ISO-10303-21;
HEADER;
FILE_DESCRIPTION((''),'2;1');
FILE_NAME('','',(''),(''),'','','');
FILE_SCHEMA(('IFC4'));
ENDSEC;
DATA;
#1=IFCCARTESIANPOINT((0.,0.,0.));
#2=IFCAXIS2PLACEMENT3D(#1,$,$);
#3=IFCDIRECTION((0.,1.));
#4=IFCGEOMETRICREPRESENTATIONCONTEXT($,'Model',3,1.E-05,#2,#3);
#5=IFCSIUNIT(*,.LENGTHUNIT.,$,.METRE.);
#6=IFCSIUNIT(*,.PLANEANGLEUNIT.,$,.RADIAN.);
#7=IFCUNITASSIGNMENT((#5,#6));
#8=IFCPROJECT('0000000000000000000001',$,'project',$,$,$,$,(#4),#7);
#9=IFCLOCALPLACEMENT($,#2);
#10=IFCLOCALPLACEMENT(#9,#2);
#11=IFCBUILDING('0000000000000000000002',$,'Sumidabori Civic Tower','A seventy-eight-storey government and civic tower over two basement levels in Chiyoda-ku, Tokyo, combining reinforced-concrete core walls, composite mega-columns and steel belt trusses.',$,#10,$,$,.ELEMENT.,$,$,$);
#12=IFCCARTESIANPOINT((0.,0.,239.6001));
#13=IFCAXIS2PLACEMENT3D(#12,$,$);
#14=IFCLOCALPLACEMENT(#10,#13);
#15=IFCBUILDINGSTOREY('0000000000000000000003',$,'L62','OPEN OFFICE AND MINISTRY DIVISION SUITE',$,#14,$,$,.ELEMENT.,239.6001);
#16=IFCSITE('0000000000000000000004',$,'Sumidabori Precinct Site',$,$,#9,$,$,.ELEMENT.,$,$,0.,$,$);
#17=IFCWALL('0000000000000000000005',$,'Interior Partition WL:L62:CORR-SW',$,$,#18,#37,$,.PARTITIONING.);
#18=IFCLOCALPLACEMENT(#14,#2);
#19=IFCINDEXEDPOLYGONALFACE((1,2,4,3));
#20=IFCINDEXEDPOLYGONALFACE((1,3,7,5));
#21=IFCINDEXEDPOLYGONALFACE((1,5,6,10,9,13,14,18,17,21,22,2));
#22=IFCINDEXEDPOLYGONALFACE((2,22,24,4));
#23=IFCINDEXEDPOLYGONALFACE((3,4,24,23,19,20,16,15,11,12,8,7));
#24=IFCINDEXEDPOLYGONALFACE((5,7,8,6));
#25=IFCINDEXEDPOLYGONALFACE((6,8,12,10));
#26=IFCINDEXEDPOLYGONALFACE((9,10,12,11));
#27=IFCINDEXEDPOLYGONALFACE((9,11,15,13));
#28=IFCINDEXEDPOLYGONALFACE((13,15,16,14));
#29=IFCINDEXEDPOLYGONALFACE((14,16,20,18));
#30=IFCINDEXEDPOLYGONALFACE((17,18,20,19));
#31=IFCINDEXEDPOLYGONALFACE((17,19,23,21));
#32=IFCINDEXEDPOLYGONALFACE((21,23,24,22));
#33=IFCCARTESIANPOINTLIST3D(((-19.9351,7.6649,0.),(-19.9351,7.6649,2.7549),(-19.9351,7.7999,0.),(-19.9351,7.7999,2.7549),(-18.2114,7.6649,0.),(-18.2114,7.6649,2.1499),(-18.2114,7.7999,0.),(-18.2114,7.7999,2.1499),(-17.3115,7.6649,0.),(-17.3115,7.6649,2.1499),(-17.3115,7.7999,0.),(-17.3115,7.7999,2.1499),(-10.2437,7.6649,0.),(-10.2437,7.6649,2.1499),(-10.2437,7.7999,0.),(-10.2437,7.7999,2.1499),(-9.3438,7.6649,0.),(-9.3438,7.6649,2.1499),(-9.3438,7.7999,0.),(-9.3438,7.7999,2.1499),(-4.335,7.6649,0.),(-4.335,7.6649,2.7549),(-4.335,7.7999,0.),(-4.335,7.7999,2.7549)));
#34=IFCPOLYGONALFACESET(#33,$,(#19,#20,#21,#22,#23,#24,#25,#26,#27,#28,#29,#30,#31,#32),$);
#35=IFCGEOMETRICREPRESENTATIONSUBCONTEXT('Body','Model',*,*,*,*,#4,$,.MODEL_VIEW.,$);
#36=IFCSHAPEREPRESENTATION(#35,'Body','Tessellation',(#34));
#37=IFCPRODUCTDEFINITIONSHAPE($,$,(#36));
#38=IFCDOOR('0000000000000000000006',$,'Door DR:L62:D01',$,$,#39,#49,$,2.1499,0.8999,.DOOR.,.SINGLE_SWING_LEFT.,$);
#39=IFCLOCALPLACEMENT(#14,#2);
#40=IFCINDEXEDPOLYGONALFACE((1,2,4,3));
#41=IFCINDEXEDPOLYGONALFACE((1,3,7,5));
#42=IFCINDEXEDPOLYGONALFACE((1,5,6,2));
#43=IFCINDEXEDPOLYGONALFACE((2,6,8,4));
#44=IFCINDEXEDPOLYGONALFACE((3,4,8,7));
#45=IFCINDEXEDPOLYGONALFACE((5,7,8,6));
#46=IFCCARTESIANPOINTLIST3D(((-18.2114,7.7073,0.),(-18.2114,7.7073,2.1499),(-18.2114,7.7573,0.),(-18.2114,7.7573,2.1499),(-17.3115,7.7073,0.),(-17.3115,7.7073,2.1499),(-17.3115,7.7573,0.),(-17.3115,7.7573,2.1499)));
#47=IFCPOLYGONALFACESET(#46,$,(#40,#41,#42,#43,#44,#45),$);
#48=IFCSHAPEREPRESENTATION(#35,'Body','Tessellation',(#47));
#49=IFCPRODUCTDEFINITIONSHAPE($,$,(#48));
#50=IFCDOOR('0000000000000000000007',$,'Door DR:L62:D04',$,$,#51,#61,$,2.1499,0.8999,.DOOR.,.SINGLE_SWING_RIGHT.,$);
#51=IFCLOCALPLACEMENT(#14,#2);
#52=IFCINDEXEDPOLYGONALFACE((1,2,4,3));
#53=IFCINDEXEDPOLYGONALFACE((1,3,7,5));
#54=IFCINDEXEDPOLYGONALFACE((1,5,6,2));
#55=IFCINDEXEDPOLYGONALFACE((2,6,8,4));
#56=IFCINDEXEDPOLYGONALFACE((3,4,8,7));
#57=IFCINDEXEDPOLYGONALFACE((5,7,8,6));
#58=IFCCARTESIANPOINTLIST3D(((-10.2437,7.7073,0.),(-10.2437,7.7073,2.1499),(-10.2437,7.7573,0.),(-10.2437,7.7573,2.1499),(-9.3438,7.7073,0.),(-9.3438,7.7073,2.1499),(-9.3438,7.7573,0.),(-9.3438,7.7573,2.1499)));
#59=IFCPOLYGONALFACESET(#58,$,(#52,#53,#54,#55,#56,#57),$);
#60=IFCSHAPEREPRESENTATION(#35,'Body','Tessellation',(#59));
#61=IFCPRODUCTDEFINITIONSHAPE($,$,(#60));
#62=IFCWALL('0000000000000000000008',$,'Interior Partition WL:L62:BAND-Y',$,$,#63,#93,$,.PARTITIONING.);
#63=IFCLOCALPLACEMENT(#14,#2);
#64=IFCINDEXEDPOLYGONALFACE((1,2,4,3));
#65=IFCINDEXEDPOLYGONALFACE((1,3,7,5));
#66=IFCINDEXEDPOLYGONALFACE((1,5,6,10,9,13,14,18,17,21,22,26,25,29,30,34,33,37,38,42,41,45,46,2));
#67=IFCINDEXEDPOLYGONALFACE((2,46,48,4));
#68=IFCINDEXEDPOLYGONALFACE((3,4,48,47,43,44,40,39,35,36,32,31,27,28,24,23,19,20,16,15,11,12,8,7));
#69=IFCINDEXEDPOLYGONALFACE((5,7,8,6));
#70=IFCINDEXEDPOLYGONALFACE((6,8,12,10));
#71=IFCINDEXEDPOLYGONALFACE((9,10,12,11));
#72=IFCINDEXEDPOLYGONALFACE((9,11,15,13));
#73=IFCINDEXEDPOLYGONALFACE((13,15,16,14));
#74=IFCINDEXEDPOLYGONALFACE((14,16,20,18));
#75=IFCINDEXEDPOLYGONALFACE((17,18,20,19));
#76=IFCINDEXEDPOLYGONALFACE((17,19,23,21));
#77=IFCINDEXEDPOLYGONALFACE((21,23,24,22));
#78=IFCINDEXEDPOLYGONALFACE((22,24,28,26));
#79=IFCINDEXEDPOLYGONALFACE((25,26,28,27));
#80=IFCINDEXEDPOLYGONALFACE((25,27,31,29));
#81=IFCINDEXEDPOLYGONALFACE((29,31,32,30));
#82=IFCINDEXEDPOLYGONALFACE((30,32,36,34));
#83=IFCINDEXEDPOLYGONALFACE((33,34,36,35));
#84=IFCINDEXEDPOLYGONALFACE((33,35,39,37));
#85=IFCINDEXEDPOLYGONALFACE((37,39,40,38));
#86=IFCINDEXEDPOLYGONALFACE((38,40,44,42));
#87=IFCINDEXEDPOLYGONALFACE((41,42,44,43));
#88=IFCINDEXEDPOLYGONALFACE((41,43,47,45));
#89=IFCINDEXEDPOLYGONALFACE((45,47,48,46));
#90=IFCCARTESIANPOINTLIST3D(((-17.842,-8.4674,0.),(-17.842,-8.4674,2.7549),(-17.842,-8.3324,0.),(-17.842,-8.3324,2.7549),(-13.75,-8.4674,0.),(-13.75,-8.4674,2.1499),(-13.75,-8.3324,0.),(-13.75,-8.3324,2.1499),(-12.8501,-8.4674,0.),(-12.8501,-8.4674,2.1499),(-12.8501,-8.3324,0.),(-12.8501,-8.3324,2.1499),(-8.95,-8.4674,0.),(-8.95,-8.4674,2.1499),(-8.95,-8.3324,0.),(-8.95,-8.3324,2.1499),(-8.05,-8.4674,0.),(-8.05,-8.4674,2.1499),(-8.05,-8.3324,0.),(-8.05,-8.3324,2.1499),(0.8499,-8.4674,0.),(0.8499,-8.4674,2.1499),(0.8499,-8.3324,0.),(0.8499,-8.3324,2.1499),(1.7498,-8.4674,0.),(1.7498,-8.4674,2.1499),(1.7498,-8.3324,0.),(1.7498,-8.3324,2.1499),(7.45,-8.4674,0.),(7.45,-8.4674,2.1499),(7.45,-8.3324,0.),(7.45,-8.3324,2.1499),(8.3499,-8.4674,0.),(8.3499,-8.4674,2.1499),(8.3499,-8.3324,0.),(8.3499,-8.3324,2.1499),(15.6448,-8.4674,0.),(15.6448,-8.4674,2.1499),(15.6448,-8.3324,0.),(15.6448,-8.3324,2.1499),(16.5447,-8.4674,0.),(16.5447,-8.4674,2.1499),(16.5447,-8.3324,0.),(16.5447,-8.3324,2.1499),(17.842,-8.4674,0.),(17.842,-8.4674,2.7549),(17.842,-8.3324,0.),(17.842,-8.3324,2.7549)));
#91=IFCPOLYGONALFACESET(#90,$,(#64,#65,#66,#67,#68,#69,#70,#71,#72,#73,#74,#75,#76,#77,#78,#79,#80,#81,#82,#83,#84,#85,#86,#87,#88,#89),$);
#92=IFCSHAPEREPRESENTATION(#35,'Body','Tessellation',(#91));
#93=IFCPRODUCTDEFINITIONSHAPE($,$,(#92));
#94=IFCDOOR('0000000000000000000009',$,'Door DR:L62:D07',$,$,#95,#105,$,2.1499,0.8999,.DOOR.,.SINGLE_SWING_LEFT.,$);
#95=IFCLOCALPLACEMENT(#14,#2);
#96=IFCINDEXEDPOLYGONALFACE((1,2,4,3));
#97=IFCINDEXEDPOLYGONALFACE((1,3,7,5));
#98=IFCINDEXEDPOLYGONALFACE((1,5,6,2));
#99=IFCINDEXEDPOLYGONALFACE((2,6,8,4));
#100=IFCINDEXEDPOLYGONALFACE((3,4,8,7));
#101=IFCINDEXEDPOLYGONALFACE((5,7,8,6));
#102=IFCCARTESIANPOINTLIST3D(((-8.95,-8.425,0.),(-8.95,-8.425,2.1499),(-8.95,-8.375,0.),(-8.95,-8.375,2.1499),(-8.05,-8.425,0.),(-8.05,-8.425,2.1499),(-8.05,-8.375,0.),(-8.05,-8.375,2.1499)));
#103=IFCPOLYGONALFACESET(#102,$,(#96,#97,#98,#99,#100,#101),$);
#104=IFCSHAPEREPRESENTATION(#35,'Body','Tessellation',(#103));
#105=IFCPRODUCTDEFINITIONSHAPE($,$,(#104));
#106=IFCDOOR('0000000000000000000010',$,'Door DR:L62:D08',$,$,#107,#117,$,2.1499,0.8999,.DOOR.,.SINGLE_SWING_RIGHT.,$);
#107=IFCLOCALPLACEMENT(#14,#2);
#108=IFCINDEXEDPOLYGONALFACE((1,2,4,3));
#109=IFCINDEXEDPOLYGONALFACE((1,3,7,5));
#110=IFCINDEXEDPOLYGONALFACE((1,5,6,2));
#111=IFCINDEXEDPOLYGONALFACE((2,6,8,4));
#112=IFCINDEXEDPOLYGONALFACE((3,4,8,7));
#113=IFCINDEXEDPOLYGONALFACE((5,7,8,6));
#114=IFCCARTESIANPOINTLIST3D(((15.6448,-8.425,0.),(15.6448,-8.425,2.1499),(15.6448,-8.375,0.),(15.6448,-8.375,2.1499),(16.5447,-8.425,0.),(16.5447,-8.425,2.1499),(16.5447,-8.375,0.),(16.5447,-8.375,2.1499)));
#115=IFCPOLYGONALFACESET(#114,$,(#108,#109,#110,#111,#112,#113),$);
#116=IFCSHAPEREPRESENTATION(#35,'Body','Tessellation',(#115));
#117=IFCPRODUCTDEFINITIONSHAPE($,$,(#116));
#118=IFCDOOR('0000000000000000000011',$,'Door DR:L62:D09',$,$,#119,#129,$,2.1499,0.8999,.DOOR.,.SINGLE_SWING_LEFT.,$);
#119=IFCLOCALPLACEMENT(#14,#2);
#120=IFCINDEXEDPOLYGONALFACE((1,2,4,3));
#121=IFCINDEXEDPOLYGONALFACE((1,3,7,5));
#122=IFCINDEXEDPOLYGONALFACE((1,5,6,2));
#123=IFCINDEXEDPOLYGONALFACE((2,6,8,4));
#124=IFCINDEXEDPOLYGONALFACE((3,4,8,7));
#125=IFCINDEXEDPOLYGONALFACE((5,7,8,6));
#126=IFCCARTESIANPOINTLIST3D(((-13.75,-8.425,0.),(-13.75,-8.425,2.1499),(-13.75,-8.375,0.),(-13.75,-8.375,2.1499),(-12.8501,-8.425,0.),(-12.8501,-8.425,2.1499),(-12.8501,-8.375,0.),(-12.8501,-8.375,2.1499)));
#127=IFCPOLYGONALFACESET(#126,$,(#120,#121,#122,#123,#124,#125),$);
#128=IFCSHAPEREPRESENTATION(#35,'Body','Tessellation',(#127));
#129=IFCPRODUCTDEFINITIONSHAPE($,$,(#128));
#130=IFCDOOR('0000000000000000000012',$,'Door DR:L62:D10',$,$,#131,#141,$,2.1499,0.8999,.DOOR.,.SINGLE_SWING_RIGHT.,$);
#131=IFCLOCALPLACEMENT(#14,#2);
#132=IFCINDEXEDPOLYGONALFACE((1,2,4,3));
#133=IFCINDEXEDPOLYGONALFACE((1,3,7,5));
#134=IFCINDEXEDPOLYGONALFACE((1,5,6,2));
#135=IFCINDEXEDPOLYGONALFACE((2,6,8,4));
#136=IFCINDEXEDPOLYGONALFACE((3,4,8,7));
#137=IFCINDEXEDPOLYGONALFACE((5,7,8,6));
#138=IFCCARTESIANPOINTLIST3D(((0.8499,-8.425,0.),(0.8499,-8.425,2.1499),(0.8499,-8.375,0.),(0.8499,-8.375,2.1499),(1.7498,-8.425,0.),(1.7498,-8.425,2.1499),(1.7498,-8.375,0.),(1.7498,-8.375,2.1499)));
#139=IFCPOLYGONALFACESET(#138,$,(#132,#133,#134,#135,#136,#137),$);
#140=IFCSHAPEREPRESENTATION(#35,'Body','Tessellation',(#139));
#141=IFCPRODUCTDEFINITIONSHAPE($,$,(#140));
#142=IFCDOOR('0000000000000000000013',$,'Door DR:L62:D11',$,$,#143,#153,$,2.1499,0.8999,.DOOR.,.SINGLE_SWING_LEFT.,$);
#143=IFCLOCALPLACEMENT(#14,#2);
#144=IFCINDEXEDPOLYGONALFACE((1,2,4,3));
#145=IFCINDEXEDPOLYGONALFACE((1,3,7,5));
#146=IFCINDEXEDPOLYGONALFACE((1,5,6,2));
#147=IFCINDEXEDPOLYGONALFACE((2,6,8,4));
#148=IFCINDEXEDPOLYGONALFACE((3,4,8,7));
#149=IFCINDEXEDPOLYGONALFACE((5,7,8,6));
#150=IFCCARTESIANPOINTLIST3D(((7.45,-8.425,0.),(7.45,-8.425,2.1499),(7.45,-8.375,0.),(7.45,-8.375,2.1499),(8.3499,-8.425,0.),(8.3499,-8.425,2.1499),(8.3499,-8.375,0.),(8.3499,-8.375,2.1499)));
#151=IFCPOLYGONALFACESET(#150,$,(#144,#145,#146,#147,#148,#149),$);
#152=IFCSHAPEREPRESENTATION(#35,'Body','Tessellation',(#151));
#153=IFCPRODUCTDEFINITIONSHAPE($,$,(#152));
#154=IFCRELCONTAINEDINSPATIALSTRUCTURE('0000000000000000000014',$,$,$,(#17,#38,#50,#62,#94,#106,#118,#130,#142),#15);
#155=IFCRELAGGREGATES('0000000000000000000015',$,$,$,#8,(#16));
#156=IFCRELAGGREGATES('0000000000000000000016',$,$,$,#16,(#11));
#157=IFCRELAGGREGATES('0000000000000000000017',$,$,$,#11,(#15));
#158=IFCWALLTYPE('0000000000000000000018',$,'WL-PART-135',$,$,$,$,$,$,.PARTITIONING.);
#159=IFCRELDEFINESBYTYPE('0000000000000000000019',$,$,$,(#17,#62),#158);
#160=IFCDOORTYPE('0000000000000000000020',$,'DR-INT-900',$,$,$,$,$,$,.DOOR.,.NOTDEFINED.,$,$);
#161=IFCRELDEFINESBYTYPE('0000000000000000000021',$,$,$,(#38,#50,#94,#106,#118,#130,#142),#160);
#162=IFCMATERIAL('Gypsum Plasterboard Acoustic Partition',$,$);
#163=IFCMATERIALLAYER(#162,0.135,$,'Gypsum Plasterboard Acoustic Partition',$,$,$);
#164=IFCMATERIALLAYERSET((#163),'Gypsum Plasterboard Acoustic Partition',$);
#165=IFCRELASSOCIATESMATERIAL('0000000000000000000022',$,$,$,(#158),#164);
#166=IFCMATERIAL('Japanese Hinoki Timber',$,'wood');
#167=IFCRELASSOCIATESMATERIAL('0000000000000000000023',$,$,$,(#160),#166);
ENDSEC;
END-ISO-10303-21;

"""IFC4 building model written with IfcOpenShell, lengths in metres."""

from ifc_helpers import new_model, si_unit, direction, frame, frame_2d, origin, place, context, subcontext, project, spatial, rectangle, extrude, source, transform, mapped, material, layer, layer_set, type_object, element, fill, save


model = new_model("IFC4")

# Units and contexts
model_context = context("Model", 3, precision=1e-05, world=origin(), true_north=direction((0.0, 1.0)))
body_context = subcontext(model_context, "Body", "Model", "MODEL_VIEW")
ifc_project = project(units=[si_unit("LENGTHUNIT", "METRE"), si_unit("PLANEANGLEUNIT", "RADIAN")], contexts=[model_context])

# Site, building, storey
site_placement = place(None, origin())
site = spatial("IfcSite", under=ifc_project, at=site_placement, Name="Sumidabori Precinct Site", CompositionType="ELEMENT", RefElevation=0.0)
building_placement = place(site_placement, origin())
building = spatial("IfcBuilding", under=site, at=building_placement, Name="Sumidabori Civic Tower", Description="A seventy-eight-storey government and civic tower over two basement levels in Chiyoda-ku, Tokyo, combining reinforced-concrete core walls, composite mega-columns and steel belt trusses.", CompositionType="ELEMENT")
storey_placement = place(building_placement, frame((0.0, 0.0, 239.6001)))
storey = spatial("IfcBuildingStorey", under=building, at=storey_placement, Name="L62", Description="OPEN OFFICE AND MINISTRY DIVISION SUITE", CompositionType="ELEMENT", Elevation=239.6001)

# Walls, openings, doors
ifc_material_1 = material(Name="Gypsum Plasterboard Acoustic Partition")
ifc_layer_1 = layer(ifc_material_1, 0.135, Name="Gypsum Plasterboard Acoustic Partition")
ifc_layer_set_1 = layer_set([ifc_layer_1], Name="Gypsum Plasterboard Acoustic Partition")
wall_type_1 = type_object("IfcWallType", Name="WL-PART-135", PredefinedType="PARTITIONING", material=ifc_layer_set_1)
shared_shape_1 = source(origin(), body_context, "Body", "SweptSolid", [
    extrude(rectangle(XDim=15.6001, YDim=0.135, at=frame_2d((7.8, 0.0))), origin(), (0.0, 0.0, 1.0), 2.7549),
])
wall_1_placement = place(storey_placement, frame((-19.9351, 7.7324, 0.0), z_axis=(0.0, 0.0, 1.0), x_axis=(1.0, 0.0, 0.0)))
wall_1 = element("IfcWall", 1, at=wall_1_placement, inside=storey, type_object=wall_type_1, Name="Interior Partition WL:L62:CORR-SW", PredefinedType="PARTITIONING", context=body_context, shape_type="MappedRepresentation", body=[
    mapped(shared_shape_1, transform((0.0, 0.0, 0.0), x_axis=(1.0, 0.0, 0.0), y_axis=(0.0, 1.0, 0.0), z_axis=(0.0, 0.0, 1.0), scale=1.0)),
])
opening_1_placement = place(wall_1_placement, frame((1.7236, 0.0, 0.0)))
opening_1 = element("IfcOpeningElement", 2, at=opening_1_placement, cuts=wall_1, PredefinedType="OPENING", context=body_context, shape_type="SweptSolid", body=[
    extrude(rectangle(XDim=0.8999, YDim=2.1499, at=frame_2d((0.45, 1.075))), frame((0.0, 0.0796, 0.0), z_axis=(0.0, -1.0, 0.0), x_axis=(1.0, 0.0, 0.0)), (0.0, 0.0, 1.0), 0.1589),
])
opening_2_placement = place(wall_1_placement, frame((9.6914, 0.0, 0.0)))
opening_2 = element("IfcOpeningElement", 3, at=opening_2_placement, cuts=wall_1, PredefinedType="OPENING", context=body_context, shape_type="SweptSolid", body=[
    extrude(rectangle(XDim=0.8999, YDim=2.1499, at=frame_2d((0.45, 1.075))), frame((0.0, 0.0796, 0.0), z_axis=(0.0, -1.0, 0.0), x_axis=(1.0, 0.0, 0.0)), (0.0, 0.0, 1.0), 0.1589),
])
ifc_material_2 = material(Name="Japanese Hinoki Timber", Category="wood")
door_type = type_object("IfcDoorType", Name="DR-INT-900", OperationType="NOTDEFINED", PredefinedType="DOOR", material=ifc_material_2)
shared_shape_2 = source(origin(), body_context, "Body", "SweptSolid", [
    extrude(rectangle(XDim=0.8999, YDim=2.1499, at=frame_2d((0.45, 1.075))), frame((0.0, 0.0249, 0.0), z_axis=(0.0, -1.0, 0.0), x_axis=(1.0, 0.0, 0.0)), (0.0, 0.0, 1.0), 0.05),
])
door_1_placement = place(opening_1_placement, origin())
door_1 = element("IfcDoor", 4, at=door_1_placement, inside=storey, type_object=door_type, Name="Door DR:L62:D01", OperationType="SINGLE_SWING_LEFT", OverallHeight=2.1499, OverallWidth=0.8999, PredefinedType="DOOR", context=body_context, shape_type="MappedRepresentation", body=[
    mapped(shared_shape_2, transform((0.0, 0.0, 0.0), x_axis=(1.0, 0.0, 0.0), y_axis=(0.0, 1.0, 0.0), z_axis=(0.0, 0.0, 1.0), scale=1.0)),
])
fill(opening_1, door_1)
door_2_placement = place(opening_2_placement, origin())
door_2 = element("IfcDoor", 5, at=door_2_placement, inside=storey, type_object=door_type, Name="Door DR:L62:D04", OperationType="SINGLE_SWING_RIGHT", OverallHeight=2.1499, OverallWidth=0.8999, PredefinedType="DOOR", context=body_context, shape_type="MappedRepresentation", body=[
    mapped(shared_shape_2, transform((0.0, 0.0, 0.0), x_axis=(1.0, 0.0, 0.0), y_axis=(0.0, 1.0, 0.0), z_axis=(0.0, 0.0, 1.0), scale=1.0)),
])
fill(opening_2, door_2)
shared_shape_3 = source(origin(), body_context, "Body", "SweptSolid", [
    extrude(rectangle(XDim=35.6841, YDim=0.135, at=frame_2d((17.842, 0.0))), origin(), (0.0, 0.0, 1.0), 2.7549),
])
wall_2_placement = place(storey_placement, frame((-17.842, -8.3999, 0.0), z_axis=(0.0, 0.0, 1.0), x_axis=(1.0, 0.0, 0.0)))
wall_2 = element("IfcWall", 6, at=wall_2_placement, inside=storey, type_object=wall_type_1, Name="Interior Partition WL:L62:BAND-Y", PredefinedType="PARTITIONING", context=body_context, shape_type="MappedRepresentation", body=[
    mapped(shared_shape_3, transform((0.0, 0.0, 0.0), x_axis=(1.0, 0.0, 0.0), y_axis=(0.0, 1.0, 0.0), z_axis=(0.0, 0.0, 1.0), scale=1.0)),
])
opening_3_placement = place(wall_2_placement, frame((8.8921, 0.0, 0.0)))
opening_3 = element("IfcOpeningElement", 7, at=opening_3_placement, cuts=wall_2, PredefinedType="OPENING", context=body_context, shape_type="SweptSolid", body=[
    extrude(rectangle(XDim=0.8999, YDim=2.1499, at=frame_2d((0.45, 1.075))), frame((0.0, 0.0796, 0.0), z_axis=(0.0, -1.0, 0.0), x_axis=(1.0, 0.0, 0.0)), (0.0, 0.0, 1.0), 0.1589),
])
opening_4_placement = place(wall_2_placement, frame((33.4868, 0.0, 0.0)))
opening_4 = element("IfcOpeningElement", 8, at=opening_4_placement, cuts=wall_2, PredefinedType="OPENING", context=body_context, shape_type="SweptSolid", body=[
    extrude(rectangle(XDim=0.8999, YDim=2.1499, at=frame_2d((0.45, 1.075))), frame((0.0, 0.0796, 0.0), z_axis=(0.0, -1.0, 0.0), x_axis=(1.0, 0.0, 0.0)), (0.0, 0.0, 1.0), 0.1589),
])
opening_5_placement = place(wall_2_placement, frame((4.092, 0.0, 0.0)))
opening_5 = element("IfcOpeningElement", 9, at=opening_5_placement, cuts=wall_2, PredefinedType="OPENING", context=body_context, shape_type="SweptSolid", body=[
    extrude(rectangle(XDim=0.8999, YDim=2.1499, at=frame_2d((0.45, 1.075))), frame((0.0, 0.0796, 0.0), z_axis=(0.0, -1.0, 0.0), x_axis=(1.0, 0.0, 0.0)), (0.0, 0.0, 1.0), 0.1589),
])
opening_6_placement = place(wall_2_placement, frame((18.6919, 0.0, 0.0)))
opening_6 = element("IfcOpeningElement", 10, at=opening_6_placement, cuts=wall_2, PredefinedType="OPENING", context=body_context, shape_type="SweptSolid", body=[
    extrude(rectangle(XDim=0.8999, YDim=2.1499, at=frame_2d((0.45, 1.075))), frame((0.0, 0.0796, 0.0), z_axis=(0.0, -1.0, 0.0), x_axis=(1.0, 0.0, 0.0)), (0.0, 0.0, 1.0), 0.1589),
])
opening_7_placement = place(wall_2_placement, frame((25.292, 0.0, 0.0)))
opening_7 = element("IfcOpeningElement", 11, at=opening_7_placement, cuts=wall_2, PredefinedType="OPENING", context=body_context, shape_type="SweptSolid", body=[
    extrude(rectangle(XDim=0.8999, YDim=2.1499, at=frame_2d((0.45, 1.075))), frame((0.0, 0.0796, 0.0), z_axis=(0.0, -1.0, 0.0), x_axis=(1.0, 0.0, 0.0)), (0.0, 0.0, 1.0), 0.1589),
])
door_3_placement = place(opening_3_placement, origin())
door_3 = element("IfcDoor", 12, at=door_3_placement, inside=storey, type_object=door_type, Name="Door DR:L62:D07", OperationType="SINGLE_SWING_LEFT", OverallHeight=2.1499, OverallWidth=0.8999, PredefinedType="DOOR", context=body_context, shape_type="MappedRepresentation", body=[
    mapped(shared_shape_2, transform((0.0, 0.0, 0.0), x_axis=(1.0, 0.0, 0.0), y_axis=(0.0, 1.0, 0.0), z_axis=(0.0, 0.0, 1.0), scale=1.0)),
])
fill(opening_3, door_3)
door_4_placement = place(opening_4_placement, origin())
door_4 = element("IfcDoor", 13, at=door_4_placement, inside=storey, type_object=door_type, Name="Door DR:L62:D08", OperationType="SINGLE_SWING_RIGHT", OverallHeight=2.1499, OverallWidth=0.8999, PredefinedType="DOOR", context=body_context, shape_type="MappedRepresentation", body=[
    mapped(shared_shape_2, transform((0.0, 0.0, 0.0), x_axis=(1.0, 0.0, 0.0), y_axis=(0.0, 1.0, 0.0), z_axis=(0.0, 0.0, 1.0), scale=1.0)),
])
fill(opening_4, door_4)
door_5_placement = place(opening_5_placement, origin())
door_5 = element("IfcDoor", 14, at=door_5_placement, inside=storey, type_object=door_type, Name="Door DR:L62:D09", OperationType="SINGLE_SWING_LEFT", OverallHeight=2.1499, OverallWidth=0.8999, PredefinedType="DOOR", context=body_context, shape_type="MappedRepresentation", body=[
    mapped(shared_shape_2, transform((0.0, 0.0, 0.0), x_axis=(1.0, 0.0, 0.0), y_axis=(0.0, 1.0, 0.0), z_axis=(0.0, 0.0, 1.0), scale=1.0)),
])
fill(opening_5, door_5)
door_6_placement = place(opening_6_placement, origin())
door_6 = element("IfcDoor", 15, at=door_6_placement, inside=storey, type_object=door_type, Name="Door DR:L62:D10", OperationType="SINGLE_SWING_RIGHT", OverallHeight=2.1499, OverallWidth=0.8999, PredefinedType="DOOR", context=body_context, shape_type="MappedRepresentation", body=[
    mapped(shared_shape_2, transform((0.0, 0.0, 0.0), x_axis=(1.0, 0.0, 0.0), y_axis=(0.0, 1.0, 0.0), z_axis=(0.0, 0.0, 1.0), scale=1.0)),
])
fill(opening_6, door_6)
door_7_placement = place(opening_7_placement, origin())
door_7 = element("IfcDoor", 16, at=door_7_placement, inside=storey, type_object=door_type, Name="Door DR:L62:D11", OperationType="SINGLE_SWING_LEFT", OverallHeight=2.1499, OverallWidth=0.8999, PredefinedType="DOOR", context=body_context, shape_type="MappedRepresentation", body=[
    mapped(shared_shape_2, transform((0.0, 0.0, 0.0), x_axis=(1.0, 0.0, 0.0), y_axis=(0.0, 1.0, 0.0), z_axis=(0.0, 0.0, 1.0), scale=1.0)),
])
fill(opening_7, door_7)

save(model, "model.ifc")
